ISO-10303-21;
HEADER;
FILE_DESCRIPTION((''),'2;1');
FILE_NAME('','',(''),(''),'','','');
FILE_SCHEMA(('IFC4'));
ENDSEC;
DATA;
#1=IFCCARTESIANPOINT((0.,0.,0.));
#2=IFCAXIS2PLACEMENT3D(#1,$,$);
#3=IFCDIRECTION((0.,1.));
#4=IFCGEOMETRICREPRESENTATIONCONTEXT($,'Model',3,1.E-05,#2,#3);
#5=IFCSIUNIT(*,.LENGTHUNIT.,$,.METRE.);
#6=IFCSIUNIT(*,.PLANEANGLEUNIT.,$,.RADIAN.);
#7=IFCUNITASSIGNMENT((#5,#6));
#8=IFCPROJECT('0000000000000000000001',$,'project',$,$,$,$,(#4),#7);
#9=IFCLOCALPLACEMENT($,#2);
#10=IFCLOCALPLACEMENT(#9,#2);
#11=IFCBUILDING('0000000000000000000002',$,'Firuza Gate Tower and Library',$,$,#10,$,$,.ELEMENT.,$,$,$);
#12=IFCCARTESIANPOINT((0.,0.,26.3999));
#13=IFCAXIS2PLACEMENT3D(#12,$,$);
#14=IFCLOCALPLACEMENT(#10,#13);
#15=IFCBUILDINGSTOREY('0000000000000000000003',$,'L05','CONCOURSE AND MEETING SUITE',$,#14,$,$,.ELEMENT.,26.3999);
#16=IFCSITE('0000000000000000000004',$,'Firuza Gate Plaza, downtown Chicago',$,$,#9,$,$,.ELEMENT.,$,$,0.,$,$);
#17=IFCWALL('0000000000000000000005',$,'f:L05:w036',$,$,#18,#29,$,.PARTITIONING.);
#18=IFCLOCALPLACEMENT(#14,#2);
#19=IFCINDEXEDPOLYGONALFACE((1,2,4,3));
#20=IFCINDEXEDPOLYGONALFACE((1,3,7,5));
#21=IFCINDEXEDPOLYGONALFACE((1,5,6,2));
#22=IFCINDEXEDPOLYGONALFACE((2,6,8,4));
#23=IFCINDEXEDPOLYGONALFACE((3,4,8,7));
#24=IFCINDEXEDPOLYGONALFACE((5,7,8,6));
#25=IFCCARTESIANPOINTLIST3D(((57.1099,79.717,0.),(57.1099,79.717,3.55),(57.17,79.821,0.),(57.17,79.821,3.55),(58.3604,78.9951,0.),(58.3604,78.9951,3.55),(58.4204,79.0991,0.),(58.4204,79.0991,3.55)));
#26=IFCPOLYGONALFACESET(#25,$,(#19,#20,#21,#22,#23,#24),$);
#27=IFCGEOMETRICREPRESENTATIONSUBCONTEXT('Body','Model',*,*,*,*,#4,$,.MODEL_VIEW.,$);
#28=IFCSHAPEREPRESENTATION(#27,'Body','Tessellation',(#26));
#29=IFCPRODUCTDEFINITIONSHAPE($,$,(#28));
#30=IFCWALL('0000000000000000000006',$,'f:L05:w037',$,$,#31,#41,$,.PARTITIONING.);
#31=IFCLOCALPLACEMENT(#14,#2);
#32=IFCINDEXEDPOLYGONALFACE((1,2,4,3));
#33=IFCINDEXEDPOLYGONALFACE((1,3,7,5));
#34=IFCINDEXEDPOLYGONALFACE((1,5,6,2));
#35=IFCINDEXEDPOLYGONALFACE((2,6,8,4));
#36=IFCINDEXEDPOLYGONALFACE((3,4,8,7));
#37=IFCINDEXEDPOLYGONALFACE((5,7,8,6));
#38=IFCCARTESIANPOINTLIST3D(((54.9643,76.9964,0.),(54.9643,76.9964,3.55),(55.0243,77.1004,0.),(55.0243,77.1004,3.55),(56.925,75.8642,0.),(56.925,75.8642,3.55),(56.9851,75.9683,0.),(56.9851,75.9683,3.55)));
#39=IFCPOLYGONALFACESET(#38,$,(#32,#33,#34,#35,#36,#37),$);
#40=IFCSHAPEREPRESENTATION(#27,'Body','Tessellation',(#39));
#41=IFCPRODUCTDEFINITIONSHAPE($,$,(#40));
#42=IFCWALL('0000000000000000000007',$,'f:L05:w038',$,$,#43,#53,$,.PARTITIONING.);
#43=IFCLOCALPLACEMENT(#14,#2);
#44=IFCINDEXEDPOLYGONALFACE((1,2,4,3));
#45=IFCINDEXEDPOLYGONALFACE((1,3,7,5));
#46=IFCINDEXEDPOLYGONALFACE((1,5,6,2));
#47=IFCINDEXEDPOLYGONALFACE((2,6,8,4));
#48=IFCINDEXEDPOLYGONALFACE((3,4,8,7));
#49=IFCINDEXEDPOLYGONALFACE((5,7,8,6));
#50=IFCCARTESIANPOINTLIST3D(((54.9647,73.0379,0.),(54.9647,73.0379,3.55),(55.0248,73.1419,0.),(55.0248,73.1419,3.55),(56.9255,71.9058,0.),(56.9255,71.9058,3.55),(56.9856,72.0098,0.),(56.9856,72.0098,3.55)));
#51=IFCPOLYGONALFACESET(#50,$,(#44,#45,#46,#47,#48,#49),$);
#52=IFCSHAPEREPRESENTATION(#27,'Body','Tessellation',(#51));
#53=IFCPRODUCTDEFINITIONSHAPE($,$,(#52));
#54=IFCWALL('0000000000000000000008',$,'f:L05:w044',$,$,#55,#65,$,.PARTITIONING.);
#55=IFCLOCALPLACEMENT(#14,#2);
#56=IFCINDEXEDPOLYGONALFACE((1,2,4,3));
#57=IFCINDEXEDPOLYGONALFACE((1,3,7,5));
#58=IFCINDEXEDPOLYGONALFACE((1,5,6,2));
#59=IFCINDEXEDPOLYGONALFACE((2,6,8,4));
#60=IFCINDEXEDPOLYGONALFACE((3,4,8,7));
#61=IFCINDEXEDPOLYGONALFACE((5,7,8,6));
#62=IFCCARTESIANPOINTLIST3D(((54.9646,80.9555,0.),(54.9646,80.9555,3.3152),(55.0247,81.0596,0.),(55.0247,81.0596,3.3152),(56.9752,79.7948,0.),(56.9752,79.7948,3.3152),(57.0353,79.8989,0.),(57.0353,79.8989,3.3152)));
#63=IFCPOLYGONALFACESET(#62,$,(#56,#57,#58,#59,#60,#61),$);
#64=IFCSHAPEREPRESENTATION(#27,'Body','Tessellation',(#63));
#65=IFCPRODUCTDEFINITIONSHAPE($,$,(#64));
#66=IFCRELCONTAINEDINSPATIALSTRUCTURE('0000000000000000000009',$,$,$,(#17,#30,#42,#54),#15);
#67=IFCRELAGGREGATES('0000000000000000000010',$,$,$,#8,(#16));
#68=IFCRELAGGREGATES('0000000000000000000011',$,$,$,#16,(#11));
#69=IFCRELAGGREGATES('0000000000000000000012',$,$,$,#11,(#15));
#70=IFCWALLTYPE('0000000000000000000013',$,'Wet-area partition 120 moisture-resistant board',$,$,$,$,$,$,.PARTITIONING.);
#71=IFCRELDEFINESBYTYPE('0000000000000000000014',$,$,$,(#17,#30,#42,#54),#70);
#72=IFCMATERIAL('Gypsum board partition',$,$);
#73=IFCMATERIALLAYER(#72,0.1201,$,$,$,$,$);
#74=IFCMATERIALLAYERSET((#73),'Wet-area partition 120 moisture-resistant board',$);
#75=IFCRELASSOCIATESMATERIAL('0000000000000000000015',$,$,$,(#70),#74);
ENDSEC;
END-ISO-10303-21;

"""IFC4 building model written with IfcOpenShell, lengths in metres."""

from ifc_helpers import new_model, si_unit, direction, frame, frame_2d, origin, place, context, subcontext, project, spatial, rectangle, extrude, material, layer, layer_set, type_object, element, save


model = new_model("IFC4")

# Units and contexts
model_context = context("Model", 3, precision=1e-05, world=origin(), true_north=direction((0.0, 1.0)))
body_context = subcontext(model_context, "Body", "Model", "MODEL_VIEW")
ifc_project = project(units=[si_unit("LENGTHUNIT", "METRE"), si_unit("PLANEANGLEUNIT", "RADIAN")], contexts=[model_context])

# Site, building, storey
site_placement = place(None, origin())
site = spatial("IfcSite", under=ifc_project, at=site_placement, Name="Firuza Gate Plaza, downtown Chicago", CompositionType="ELEMENT", RefElevation=0.0)
building_placement = place(site_placement, origin())
building = spatial("IfcBuilding", under=site, at=building_placement, Name="Firuza Gate Tower and Library", CompositionType="ELEMENT")
storey_placement = place(building_placement, frame((0.0, 0.0, 26.3999)))
storey = spatial("IfcBuildingStorey", under=building, at=storey_placement, Name="L05", Description="CONCOURSE AND MEETING SUITE", CompositionType="ELEMENT", Elevation=26.3999)

# Shared definitions
ifc_material_1 = material(Name="Gypsum board partition")
ifc_layer_1 = layer(ifc_material_1, 0.1201)
ifc_layer_set_1 = layer_set([ifc_layer_1], Name="Wet-area partition 120 moisture-resistant board")
wall_type_1 = type_object("IfcWallType", Name="Wet-area partition 120 moisture-resistant board", PredefinedType="PARTITIONING", material=ifc_layer_set_1)

# Walls
wall_1_placement = place(storey_placement, frame((58.3904, 79.0471, 0.0), z_axis=(0.0, 0.0, 1.0), x_axis=(-0.866039, 0.499976, 0.0)))
element("IfcWall", 1, at=wall_1_placement, inside=storey, type_object=wall_type_1, Name="f:L05:w036", PredefinedType="PARTITIONING", context=body_context, shape_type="SweptSolid", body=[
    extrude(rectangle(XDim=1.4438, YDim=0.1201, at=frame_2d((0.7219, 0.0))), origin(), (0.0, 0.0, 1.0), 3.55),
])
for number, where, z_axis, x_axis, name in (
    (2, (56.9551, 75.9163, 0.0), (0.0, 0.0, 1.0), (-0.866011, 0.500024, 0.0), "f:L05:w037"),
    (3, (56.9556, 71.9578, 0.0), (0.0, 0.0, 1.0), (-0.866011, 0.500024, 0.0), "f:L05:w038"),
):
    element("IfcWall", number, at=place(storey_placement, frame(where, z_axis=z_axis, x_axis=x_axis)), inside=storey, type_object=wall_type_1, Name=name, PredefinedType="PARTITIONING", context=body_context, shape_type="SweptSolid", body=[
        extrude(rectangle(XDim=2.2642, YDim=0.1201, at=frame_2d((1.1321, 0.0))), origin(), (0.0, 0.0, 1.0), 3.55),
    ])
wall_2_placement = place(storey_placement, frame((57.0051, 79.8469, 0.0), z_axis=(0.0, 0.0, 1.0), x_axis=(-0.866047, 0.499962, 0.0)))
element("IfcWall", 4, at=wall_2_placement, inside=storey, type_object=wall_type_1, Name="f:L05:w044", PredefinedType="PARTITIONING", context=body_context, shape_type="SweptSolid", body=[
    extrude(rectangle(XDim=2.3215, YDim=0.1201, at=frame_2d((1.1606, 0.0))), origin(), (0.0, 0.0, 1.0), 3.3152),
])

save(model, "model.ifc")
